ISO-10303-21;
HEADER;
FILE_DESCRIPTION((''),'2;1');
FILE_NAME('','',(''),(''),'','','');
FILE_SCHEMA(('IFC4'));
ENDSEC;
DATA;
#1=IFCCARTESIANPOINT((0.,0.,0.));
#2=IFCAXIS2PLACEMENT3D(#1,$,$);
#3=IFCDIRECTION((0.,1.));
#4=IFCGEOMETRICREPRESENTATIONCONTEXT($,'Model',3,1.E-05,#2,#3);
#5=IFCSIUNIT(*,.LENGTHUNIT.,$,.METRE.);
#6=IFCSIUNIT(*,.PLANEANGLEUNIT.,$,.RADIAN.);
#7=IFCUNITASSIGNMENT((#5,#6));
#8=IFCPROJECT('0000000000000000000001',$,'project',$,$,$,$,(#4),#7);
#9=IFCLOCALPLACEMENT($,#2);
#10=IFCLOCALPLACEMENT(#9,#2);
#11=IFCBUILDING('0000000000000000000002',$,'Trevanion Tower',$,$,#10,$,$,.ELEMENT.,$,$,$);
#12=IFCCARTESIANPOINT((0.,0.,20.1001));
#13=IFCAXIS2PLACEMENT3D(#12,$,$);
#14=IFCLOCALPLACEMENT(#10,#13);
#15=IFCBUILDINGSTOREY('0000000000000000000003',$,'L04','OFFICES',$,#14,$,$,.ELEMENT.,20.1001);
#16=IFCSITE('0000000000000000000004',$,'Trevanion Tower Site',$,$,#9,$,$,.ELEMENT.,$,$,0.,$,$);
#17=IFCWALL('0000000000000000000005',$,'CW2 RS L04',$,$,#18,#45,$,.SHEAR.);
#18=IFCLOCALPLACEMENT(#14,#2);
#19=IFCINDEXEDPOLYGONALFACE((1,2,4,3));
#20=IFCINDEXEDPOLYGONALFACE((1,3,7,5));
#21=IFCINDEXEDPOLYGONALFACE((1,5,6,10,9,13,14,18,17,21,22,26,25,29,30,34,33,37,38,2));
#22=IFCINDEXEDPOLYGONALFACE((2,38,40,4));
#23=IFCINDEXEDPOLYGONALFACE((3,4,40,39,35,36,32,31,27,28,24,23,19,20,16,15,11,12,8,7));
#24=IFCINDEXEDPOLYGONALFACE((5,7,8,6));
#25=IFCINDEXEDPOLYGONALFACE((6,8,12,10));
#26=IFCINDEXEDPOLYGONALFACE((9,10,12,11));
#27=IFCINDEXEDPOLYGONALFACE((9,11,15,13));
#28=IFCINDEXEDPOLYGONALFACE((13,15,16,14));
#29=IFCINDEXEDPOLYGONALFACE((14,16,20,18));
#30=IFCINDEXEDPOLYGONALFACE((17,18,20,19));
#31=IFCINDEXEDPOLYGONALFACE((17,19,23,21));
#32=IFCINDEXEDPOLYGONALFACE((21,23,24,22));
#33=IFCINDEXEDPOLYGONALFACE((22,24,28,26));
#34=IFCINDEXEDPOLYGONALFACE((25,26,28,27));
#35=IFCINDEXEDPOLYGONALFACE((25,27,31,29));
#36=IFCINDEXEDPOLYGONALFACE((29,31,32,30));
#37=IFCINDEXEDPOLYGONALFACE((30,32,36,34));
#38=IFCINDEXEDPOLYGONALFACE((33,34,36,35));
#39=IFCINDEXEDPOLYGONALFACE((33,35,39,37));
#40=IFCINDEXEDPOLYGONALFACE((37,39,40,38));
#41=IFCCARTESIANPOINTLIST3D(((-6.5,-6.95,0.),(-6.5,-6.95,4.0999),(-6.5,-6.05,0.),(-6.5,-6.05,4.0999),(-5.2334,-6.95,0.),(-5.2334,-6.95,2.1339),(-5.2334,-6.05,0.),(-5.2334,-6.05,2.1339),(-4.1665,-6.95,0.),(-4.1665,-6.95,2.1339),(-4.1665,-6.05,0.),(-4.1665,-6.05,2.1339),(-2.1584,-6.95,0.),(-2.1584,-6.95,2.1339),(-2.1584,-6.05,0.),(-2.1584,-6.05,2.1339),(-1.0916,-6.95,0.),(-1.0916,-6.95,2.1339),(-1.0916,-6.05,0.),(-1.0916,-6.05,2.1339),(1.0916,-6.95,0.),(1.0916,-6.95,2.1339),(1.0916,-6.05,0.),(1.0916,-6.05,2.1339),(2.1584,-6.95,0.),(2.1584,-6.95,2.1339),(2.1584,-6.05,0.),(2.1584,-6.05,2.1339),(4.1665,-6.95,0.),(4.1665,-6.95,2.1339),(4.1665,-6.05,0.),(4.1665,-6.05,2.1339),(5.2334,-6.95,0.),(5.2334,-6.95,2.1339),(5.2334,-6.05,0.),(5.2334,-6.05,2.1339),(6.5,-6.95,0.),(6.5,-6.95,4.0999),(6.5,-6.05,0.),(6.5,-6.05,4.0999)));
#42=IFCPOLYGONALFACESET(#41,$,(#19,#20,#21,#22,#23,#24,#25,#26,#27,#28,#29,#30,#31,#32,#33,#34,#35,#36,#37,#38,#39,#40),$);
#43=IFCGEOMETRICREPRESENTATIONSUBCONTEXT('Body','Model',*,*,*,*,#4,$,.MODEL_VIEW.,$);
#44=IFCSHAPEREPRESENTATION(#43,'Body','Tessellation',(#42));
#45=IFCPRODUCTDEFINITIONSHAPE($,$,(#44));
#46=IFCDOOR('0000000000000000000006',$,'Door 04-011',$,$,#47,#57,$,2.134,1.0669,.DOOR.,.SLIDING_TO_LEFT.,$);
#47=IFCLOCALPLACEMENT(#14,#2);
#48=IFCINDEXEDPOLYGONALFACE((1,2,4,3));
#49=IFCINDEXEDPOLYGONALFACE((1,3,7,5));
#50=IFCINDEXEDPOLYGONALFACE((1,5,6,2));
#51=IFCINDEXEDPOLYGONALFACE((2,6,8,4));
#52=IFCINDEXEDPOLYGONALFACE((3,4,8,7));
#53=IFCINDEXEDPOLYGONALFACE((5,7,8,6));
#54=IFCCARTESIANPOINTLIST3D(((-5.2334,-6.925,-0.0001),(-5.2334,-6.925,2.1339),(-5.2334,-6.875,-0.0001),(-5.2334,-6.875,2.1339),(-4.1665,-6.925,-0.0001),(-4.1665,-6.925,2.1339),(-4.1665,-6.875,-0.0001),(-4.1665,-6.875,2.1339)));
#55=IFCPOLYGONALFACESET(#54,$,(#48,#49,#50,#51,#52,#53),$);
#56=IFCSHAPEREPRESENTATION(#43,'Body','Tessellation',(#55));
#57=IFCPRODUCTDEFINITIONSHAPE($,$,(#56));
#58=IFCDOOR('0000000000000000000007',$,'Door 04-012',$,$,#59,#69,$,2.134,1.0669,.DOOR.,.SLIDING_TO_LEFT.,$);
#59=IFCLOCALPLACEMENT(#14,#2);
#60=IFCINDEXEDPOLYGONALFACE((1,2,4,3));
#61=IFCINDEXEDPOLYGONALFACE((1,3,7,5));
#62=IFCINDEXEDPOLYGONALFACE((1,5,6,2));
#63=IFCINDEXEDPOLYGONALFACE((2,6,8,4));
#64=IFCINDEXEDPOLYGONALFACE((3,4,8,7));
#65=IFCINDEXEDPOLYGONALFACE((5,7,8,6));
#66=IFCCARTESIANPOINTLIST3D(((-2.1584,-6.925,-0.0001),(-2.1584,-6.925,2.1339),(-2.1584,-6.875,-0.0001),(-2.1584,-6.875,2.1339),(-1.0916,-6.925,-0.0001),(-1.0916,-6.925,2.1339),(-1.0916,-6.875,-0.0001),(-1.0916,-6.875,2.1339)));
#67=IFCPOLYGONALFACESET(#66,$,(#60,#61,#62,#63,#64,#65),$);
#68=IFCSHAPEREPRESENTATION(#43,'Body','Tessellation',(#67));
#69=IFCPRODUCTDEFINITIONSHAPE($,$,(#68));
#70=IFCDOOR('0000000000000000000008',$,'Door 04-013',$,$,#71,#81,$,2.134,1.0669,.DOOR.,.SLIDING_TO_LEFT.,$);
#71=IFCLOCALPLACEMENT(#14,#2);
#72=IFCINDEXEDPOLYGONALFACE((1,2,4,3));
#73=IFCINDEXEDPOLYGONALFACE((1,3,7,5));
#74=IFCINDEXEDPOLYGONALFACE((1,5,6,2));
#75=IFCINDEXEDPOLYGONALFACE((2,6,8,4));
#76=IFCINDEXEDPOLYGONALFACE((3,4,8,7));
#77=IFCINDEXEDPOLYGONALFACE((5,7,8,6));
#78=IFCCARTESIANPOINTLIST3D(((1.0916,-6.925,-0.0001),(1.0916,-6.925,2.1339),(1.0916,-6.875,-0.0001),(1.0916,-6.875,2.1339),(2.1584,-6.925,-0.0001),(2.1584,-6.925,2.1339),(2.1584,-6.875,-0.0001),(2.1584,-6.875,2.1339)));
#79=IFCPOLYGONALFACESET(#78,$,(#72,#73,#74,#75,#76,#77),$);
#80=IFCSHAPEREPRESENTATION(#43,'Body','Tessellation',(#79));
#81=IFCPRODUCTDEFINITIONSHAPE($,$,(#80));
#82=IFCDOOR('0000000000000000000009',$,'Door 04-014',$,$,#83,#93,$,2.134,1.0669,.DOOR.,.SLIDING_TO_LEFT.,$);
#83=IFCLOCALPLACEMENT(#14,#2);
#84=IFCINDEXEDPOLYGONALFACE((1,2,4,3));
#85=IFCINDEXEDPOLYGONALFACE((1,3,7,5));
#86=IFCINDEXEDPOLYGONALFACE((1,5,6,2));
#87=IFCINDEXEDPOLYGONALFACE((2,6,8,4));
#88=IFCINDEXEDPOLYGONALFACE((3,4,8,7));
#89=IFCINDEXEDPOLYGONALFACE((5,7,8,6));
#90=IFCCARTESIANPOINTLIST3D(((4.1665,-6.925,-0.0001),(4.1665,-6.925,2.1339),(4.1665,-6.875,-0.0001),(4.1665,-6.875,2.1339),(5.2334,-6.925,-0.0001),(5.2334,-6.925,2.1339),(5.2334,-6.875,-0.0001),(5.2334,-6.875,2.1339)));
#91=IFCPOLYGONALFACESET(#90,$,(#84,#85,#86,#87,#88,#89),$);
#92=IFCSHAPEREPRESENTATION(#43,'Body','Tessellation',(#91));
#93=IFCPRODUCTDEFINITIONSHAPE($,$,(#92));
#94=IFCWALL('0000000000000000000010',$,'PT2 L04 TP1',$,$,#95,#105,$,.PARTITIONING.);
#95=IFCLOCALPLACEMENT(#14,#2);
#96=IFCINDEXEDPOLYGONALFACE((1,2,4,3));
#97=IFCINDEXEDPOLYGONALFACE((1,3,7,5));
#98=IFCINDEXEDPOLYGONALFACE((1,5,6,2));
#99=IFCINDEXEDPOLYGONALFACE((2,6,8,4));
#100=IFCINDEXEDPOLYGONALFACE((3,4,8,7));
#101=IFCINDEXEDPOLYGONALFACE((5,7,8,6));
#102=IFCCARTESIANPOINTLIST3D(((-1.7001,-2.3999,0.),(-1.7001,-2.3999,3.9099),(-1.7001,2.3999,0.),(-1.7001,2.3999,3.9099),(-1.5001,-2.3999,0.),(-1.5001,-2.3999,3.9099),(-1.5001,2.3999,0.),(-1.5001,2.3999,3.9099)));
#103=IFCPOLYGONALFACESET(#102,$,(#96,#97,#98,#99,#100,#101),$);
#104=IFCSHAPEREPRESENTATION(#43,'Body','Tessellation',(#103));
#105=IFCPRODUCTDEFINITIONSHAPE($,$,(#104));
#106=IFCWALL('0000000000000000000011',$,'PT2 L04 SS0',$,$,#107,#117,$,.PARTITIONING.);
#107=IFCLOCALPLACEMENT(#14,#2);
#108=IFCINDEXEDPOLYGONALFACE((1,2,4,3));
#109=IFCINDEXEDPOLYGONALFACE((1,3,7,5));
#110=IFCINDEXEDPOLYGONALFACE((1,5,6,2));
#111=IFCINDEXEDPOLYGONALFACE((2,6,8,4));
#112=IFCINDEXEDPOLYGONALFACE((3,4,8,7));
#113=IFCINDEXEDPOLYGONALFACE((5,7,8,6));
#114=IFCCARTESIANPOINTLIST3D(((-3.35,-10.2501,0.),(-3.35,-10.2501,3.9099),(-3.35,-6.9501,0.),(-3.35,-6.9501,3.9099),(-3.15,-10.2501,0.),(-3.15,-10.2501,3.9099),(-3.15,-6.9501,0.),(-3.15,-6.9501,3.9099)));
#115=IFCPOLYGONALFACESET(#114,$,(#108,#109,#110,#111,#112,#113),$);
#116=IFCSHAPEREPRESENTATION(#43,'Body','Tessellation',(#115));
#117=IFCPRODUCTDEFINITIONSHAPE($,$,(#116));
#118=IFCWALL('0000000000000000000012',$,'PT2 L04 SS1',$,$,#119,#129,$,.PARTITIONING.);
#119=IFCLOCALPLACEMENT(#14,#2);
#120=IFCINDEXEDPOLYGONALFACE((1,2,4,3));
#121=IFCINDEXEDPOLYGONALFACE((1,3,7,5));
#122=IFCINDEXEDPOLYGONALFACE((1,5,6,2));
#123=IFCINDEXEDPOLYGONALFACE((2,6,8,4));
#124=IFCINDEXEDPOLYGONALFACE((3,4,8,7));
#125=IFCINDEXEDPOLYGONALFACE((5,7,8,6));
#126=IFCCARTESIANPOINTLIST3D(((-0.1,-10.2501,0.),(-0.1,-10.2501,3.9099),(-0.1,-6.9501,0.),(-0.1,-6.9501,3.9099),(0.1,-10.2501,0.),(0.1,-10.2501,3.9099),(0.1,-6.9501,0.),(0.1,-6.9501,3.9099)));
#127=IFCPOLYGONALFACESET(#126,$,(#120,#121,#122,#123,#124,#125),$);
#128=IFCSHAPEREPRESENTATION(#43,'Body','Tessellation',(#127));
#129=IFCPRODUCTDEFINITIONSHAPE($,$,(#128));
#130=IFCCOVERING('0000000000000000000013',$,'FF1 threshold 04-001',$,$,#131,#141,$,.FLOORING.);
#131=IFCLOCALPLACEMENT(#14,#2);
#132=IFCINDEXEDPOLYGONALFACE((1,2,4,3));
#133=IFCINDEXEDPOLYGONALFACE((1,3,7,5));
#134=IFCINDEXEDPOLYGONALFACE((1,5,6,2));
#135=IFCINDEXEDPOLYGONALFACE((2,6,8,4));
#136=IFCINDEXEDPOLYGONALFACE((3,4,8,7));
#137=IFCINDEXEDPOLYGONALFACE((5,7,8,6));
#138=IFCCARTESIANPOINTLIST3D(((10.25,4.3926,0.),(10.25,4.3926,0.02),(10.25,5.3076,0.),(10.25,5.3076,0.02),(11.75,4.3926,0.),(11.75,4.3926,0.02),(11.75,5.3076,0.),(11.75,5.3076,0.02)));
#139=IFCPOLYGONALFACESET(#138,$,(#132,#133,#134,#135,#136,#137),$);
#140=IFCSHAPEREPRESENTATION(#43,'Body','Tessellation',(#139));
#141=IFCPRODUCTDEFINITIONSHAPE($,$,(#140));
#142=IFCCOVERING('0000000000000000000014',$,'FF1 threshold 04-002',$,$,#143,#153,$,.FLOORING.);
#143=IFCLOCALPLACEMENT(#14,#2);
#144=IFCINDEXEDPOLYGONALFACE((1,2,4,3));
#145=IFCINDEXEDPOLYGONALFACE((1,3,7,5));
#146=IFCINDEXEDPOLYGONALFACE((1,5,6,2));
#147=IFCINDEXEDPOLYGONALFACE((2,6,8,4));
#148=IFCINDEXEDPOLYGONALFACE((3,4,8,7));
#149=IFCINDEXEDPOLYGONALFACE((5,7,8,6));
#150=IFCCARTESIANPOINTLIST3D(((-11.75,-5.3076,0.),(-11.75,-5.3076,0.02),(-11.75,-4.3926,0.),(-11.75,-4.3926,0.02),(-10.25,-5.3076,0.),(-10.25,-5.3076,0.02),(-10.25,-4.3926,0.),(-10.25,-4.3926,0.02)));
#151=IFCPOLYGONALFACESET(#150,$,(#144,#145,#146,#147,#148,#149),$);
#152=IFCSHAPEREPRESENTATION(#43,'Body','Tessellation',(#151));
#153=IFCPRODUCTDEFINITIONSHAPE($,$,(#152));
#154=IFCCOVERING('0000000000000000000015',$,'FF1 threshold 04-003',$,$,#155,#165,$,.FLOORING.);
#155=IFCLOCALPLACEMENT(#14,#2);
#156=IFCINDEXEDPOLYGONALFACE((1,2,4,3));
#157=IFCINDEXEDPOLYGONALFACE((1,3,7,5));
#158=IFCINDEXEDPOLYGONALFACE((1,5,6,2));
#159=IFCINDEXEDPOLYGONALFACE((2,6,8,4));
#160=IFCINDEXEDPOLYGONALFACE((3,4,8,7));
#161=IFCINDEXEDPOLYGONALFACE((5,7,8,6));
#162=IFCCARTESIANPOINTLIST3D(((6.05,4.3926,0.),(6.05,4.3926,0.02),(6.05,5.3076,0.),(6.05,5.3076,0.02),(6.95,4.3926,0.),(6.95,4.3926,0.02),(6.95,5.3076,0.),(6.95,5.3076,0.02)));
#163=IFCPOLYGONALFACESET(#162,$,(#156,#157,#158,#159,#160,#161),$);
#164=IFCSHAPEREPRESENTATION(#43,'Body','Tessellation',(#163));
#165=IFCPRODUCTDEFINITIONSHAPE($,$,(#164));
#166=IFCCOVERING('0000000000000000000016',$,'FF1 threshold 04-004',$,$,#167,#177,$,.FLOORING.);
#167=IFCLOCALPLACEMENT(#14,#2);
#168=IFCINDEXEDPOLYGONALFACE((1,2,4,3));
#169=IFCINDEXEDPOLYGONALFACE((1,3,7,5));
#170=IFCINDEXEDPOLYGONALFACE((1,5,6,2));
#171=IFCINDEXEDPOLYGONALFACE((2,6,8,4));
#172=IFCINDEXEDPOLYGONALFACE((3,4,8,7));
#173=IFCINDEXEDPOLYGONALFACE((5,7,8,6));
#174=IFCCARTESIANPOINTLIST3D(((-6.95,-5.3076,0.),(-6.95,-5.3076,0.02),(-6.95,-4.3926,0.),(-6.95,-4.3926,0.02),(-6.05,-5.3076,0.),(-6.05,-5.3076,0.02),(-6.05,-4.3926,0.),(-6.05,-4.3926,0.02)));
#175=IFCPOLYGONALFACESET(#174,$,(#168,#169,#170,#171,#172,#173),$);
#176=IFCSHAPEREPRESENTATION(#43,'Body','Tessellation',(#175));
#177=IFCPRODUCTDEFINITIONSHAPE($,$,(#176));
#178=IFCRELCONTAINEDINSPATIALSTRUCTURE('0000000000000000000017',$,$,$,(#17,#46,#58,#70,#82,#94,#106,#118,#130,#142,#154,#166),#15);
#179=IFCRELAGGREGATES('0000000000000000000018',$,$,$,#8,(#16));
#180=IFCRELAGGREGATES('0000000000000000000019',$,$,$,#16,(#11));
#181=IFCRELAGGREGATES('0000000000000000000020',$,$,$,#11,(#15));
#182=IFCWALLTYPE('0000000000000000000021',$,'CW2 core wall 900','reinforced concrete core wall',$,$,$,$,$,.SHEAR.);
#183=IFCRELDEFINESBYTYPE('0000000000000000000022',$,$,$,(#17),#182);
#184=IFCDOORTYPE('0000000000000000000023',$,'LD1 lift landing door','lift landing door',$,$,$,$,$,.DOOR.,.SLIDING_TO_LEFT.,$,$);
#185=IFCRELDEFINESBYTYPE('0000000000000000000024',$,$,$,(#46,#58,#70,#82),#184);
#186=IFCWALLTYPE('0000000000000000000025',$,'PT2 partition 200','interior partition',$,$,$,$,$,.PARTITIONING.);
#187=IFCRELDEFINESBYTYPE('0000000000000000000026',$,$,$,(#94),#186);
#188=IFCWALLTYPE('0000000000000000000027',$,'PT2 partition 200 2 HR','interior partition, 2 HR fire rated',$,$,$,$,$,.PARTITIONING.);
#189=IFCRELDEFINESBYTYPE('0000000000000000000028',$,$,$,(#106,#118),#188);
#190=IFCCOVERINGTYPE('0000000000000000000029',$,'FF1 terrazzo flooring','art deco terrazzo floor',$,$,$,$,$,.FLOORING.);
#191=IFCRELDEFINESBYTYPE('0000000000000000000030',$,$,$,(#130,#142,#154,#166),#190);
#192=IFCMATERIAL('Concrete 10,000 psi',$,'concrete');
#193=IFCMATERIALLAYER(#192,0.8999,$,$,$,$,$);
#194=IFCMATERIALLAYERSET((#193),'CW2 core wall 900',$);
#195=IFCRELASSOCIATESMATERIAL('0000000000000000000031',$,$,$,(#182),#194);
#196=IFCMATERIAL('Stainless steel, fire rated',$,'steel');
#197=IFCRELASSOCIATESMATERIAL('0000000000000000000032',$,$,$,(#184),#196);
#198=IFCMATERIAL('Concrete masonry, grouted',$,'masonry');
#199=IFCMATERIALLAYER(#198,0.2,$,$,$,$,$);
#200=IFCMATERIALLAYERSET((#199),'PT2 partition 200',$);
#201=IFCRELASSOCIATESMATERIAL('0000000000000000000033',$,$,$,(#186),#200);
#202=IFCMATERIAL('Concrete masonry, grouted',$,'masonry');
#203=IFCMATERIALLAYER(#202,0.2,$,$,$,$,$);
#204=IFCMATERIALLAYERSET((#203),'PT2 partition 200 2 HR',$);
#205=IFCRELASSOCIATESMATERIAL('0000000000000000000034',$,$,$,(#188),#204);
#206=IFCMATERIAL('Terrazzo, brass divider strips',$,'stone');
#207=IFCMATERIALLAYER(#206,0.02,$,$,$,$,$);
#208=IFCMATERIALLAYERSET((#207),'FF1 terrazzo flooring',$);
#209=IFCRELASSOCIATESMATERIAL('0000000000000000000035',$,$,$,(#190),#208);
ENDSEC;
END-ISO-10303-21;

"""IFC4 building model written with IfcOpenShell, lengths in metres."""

from ifc_helpers import new_model, si_unit, direction, frame, frame_2d, origin, place, context, subcontext, project, spatial, polyline, rectangle, outline, extrude, material, layer, layer_set, type_object, element, fill, save


model = new_model("IFC4")

# Units and contexts
model_context = context("Model", 3, precision=1e-05, world=origin(), true_north=direction((0.0, 1.0)))
body_context = subcontext(model_context, "Body", "Model", "MODEL_VIEW")
ifc_project = project(units=[si_unit("LENGTHUNIT", "METRE"), si_unit("PLANEANGLEUNIT", "RADIAN")], contexts=[model_context])

# Site, building, storey
site_placement = place(None, origin())
site = spatial("IfcSite", under=ifc_project, at=site_placement, Name="Trevanion Tower Site", CompositionType="ELEMENT", RefElevation=0.0)
building_placement = place(site_placement, origin())
building = spatial("IfcBuilding", under=site, at=building_placement, Name="Trevanion Tower", CompositionType="ELEMENT")
storey_placement = place(building_placement, frame((0.0, 0.0, 20.1001)))
storey = spatial("IfcBuildingStorey", under=building, at=storey_placement, Name="L04", Description="OFFICES", CompositionType="ELEMENT", Elevation=20.1001)

# Shared definitions
ifc_material_1 = material(Name="Concrete 10,000 psi", Category="concrete")
ifc_layer_1 = layer(ifc_material_1, 0.8999)
ifc_layer_set_1 = layer_set([ifc_layer_1], Name="CW2 core wall 900")
wall_type_1 = type_object("IfcWallType", Name="CW2 core wall 900", Description="reinforced concrete core wall", PredefinedType="SHEAR", material=ifc_layer_set_1)

# Wall, openings, doors
wall_1_placement = place(storey_placement, frame((-6.5, -6.5, 0.0), z_axis=(0.0, 0.0, 1.0), x_axis=(1.0, 0.0, 0.0)))
wall_1 = element("IfcWall", 1, at=wall_1_placement, inside=storey, type_object=wall_type_1, Name="CW2 RS L04", PredefinedType="SHEAR", context=body_context, shape_type="SweptSolid", body=[
    extrude(rectangle(XDim=13.0, YDim=0.8999, at=frame_2d((6.5, 0.0))), origin(), (0.0, 0.0, 1.0), 4.0999),
])
opening_1_placement = place(wall_1_placement, frame((1.2666, 0.0, 0.0)))
opening_1 = element("IfcOpeningElement", 2, at=opening_1_placement, cuts=wall_1, PredefinedType="OPENING", context=body_context, shape_type="SweptSolid", body=[
    extrude(rectangle(XDim=1.0669, YDim=2.134, at=frame_2d((0.5334, 1.0669))), frame((0.0, 0.46, 0.0), z_axis=(0.0, -1.0, 0.0), x_axis=(1.0, 0.0, 0.0)), (0.0, 0.0, 1.0), 0.9199),
])
opening_2_placement = place(wall_1_placement, frame((4.3416, 0.0, 0.0)))
opening_2 = element("IfcOpeningElement", 3, at=opening_2_placement, cuts=wall_1, PredefinedType="OPENING", context=body_context, shape_type="SweptSolid", body=[
    extrude(rectangle(XDim=1.0669, YDim=2.134, at=frame_2d((0.5334, 1.0669))), frame((0.0, 0.46, 0.0), z_axis=(0.0, -1.0, 0.0), x_axis=(1.0, 0.0, 0.0)), (0.0, 0.0, 1.0), 0.9199),
])
opening_3_placement = place(wall_1_placement, frame((7.5916, 0.0, 0.0)))
opening_3 = element("IfcOpeningElement", 4, at=opening_3_placement, cuts=wall_1, PredefinedType="OPENING", context=body_context, shape_type="SweptSolid", body=[
    extrude(rectangle(XDim=1.0669, YDim=2.134, at=frame_2d((0.5334, 1.0669))), frame((0.0, 0.46, 0.0), z_axis=(0.0, -1.0, 0.0), x_axis=(1.0, 0.0, 0.0)), (0.0, 0.0, 1.0), 0.9199),
])
opening_4_placement = place(wall_1_placement, frame((10.6665, 0.0, 0.0)))
opening_4 = element("IfcOpeningElement", 5, at=opening_4_placement, cuts=wall_1, PredefinedType="OPENING", context=body_context, shape_type="SweptSolid", body=[
    extrude(rectangle(XDim=1.0669, YDim=2.134, at=frame_2d((0.5334, 1.0669))), frame((0.0, 0.46, 0.0), z_axis=(0.0, -1.0, 0.0), x_axis=(1.0, 0.0, 0.0)), (0.0, 0.0, 1.0), 0.9199),
])
ifc_material_2 = material(Name="Stainless steel, fire rated", Category="steel")
door_type = type_object("IfcDoorType", Name="LD1 lift landing door", Description="lift landing door", OperationType="SLIDING_TO_LEFT", PredefinedType="DOOR", material=ifc_material_2)
door_1_placement = place(opening_1_placement, origin())
door_1 = element("IfcDoor", 6, at=door_1_placement, inside=storey, type_object=door_type, Name="Door 04-011", OperationType="SLIDING_TO_LEFT", OverallHeight=2.134, OverallWidth=1.0669, PredefinedType="DOOR", context=body_context, shape_type="SweptSolid", body=[
    extrude(rectangle(XDim=1.0669, YDim=2.134, at=frame_2d((0.5334, 1.0669))), frame((0.0, -0.375, 0.0), z_axis=(0.0, -1.0, 0.0), x_axis=(1.0, 0.0, 0.0)), (0.0, 0.0, 1.0), 0.05),
])
fill(opening_1, door_1)
door_2_placement = place(opening_2_placement, origin())
door_2 = element("IfcDoor", 7, at=door_2_placement, inside=storey, type_object=door_type, Name="Door 04-012", OperationType="SLIDING_TO_LEFT", OverallHeight=2.134, OverallWidth=1.0669, PredefinedType="DOOR", context=body_context, shape_type="SweptSolid", body=[
    extrude(rectangle(XDim=1.0669, YDim=2.134, at=frame_2d((0.5334, 1.0669))), frame((0.0, -0.375, 0.0), z_axis=(0.0, -1.0, 0.0), x_axis=(1.0, 0.0, 0.0)), (0.0, 0.0, 1.0), 0.05),
])
fill(opening_2, door_2)
door_3_placement = place(opening_3_placement, origin())
door_3 = element("IfcDoor", 8, at=door_3_placement, inside=storey, type_object=door_type, Name="Door 04-013", OperationType="SLIDING_TO_LEFT", OverallHeight=2.134, OverallWidth=1.0669, PredefinedType="DOOR", context=body_context, shape_type="SweptSolid", body=[
    extrude(rectangle(XDim=1.0669, YDim=2.134, at=frame_2d((0.5334, 1.0669))), frame((0.0, -0.375, 0.0), z_axis=(0.0, -1.0, 0.0), x_axis=(1.0, 0.0, 0.0)), (0.0, 0.0, 1.0), 0.05),
])
fill(opening_3, door_3)
door_4_placement = place(opening_4_placement, origin())
door_4 = element("IfcDoor", 9, at=door_4_placement, inside=storey, type_object=door_type, Name="Door 04-014", OperationType="SLIDING_TO_LEFT", OverallHeight=2.134, OverallWidth=1.0669, PredefinedType="DOOR", context=body_context, shape_type="SweptSolid", body=[
    extrude(rectangle(XDim=1.0669, YDim=2.134, at=frame_2d((0.5334, 1.0669))), frame((0.0, -0.375, 0.0), z_axis=(0.0, -1.0, 0.0), x_axis=(1.0, 0.0, 0.0)), (0.0, 0.0, 1.0), 0.05),
])
fill(opening_4, door_4)

# Walls
ifc_material_3 = material(Name="Concrete masonry, grouted", Category="masonry")
ifc_layer_2 = layer(ifc_material_3, 0.2)
ifc_layer_set_2 = layer_set([ifc_layer_2], Name="PT2 partition 200")
wall_type_2 = type_object("IfcWallType", Name="PT2 partition 200", Description="interior partition", PredefinedType="PARTITIONING", material=ifc_layer_set_2)
wall_2_placement = place(storey_placement, frame((-1.6001, -2.3999, 0.0), z_axis=(0.0, 0.0, 1.0), x_axis=(0.0, 1.0, 0.0)))
element("IfcWall", 10, at=wall_2_placement, inside=storey, type_object=wall_type_2, Name="PT2 L04 TP1", PredefinedType="PARTITIONING", context=body_context, shape_type="SweptSolid", body=[
    extrude(rectangle(XDim=4.7998, YDim=0.2, at=frame_2d((2.3999, 0.0))), origin(), (0.0, 0.0, 1.0), 3.9099),
])
ifc_material_4 = material(Name="Concrete masonry, grouted", Category="masonry")
ifc_layer_3 = layer(ifc_material_4, 0.2)
ifc_layer_set_3 = layer_set([ifc_layer_3], Name="PT2 partition 200 2 HR")
wall_type_3 = type_object("IfcWallType", Name="PT2 partition 200 2 HR", Description="interior partition, 2 HR fire rated", PredefinedType="PARTITIONING", material=ifc_layer_set_3)
for number, where, z_axis, x_axis, name in (
    (11, (-3.25, -10.25, 0.0), (0.0, 0.0, 1.0), (0.0, 1.0, 0.0), "PT2 L04 SS0"),
    (12, (0.0, -10.25, 0.0), (0.0, 0.0, 1.0), (0.0, 1.0, 0.0), "PT2 L04 SS1"),
):
    element("IfcWall", number, at=place(storey_placement, frame(where, z_axis=z_axis, x_axis=x_axis)), inside=storey, type_object=wall_type_3, Name=name, PredefinedType="PARTITIONING", context=body_context, shape_type="SweptSolid", body=[
        extrude(rectangle(XDim=3.3, YDim=0.2, at=frame_2d((1.6499, 0.0))), origin(), (0.0, 0.0, 1.0), 3.9099),
    ])

# Coverings
ifc_material_5 = material(Name="Terrazzo, brass divider strips", Category="stone")
ifc_layer_4 = layer(ifc_material_5, 0.02)
ifc_layer_set_4 = layer_set([ifc_layer_4], Name="FF1 terrazzo flooring")
covering_type = type_object("IfcCoveringType", Name="FF1 terrazzo flooring", Description="art deco terrazzo floor", PredefinedType="FLOORING", material=ifc_layer_set_4)
covering_1_placement = place(storey_placement, origin())
element("IfcCovering", 13, at=covering_1_placement, inside=storey, type_object=covering_type, Name="FF1 threshold 04-001", PredefinedType="FLOORING", context=body_context, shape_type="SweptSolid", body=[
    extrude(outline(polyline([(11.75, 4.3926), (11.75, 5.3076), (10.25, 5.3076), (10.25, 4.3926), (11.75, 4.3926)])), origin(), (0.0, 0.0, 1.0), 0.02),
])
covering_2_placement = place(storey_placement, origin())
element("IfcCovering", 14, at=covering_2_placement, inside=storey, type_object=covering_type, Name="FF1 threshold 04-002", PredefinedType="FLOORING", context=body_context, shape_type="SweptSolid", body=[
    extrude(outline(polyline([(-11.75, -4.3926), (-11.75, -5.3076), (-10.25, -5.3076), (-10.25, -4.3926), (-11.75, -4.3926)])), origin(), (0.0, 0.0, 1.0), 0.02),
])
covering_3_placement = place(storey_placement, origin())
element("IfcCovering", 15, at=covering_3_placement, inside=storey, type_object=covering_type, Name="FF1 threshold 04-003", PredefinedType="FLOORING", context=body_context, shape_type="SweptSolid", body=[
    extrude(outline(polyline([(6.95, 4.3926), (6.95, 5.3076), (6.05, 5.3076), (6.05, 4.3926), (6.95, 4.3926)])), origin(), (0.0, 0.0, 1.0), 0.02),
])
covering_4_placement = place(storey_placement, origin())
element("IfcCovering", 16, at=covering_4_placement, inside=storey, type_object=covering_type, Name="FF1 threshold 04-004", PredefinedType="FLOORING", context=body_context, shape_type="SweptSolid", body=[
    extrude(outline(polyline([(-6.95, -4.3926), (-6.95, -5.3076), (-6.05, -5.3076), (-6.05, -4.3926), (-6.95, -4.3926)])), origin(), (0.0, 0.0, 1.0), 0.02),
])

save(model, "model.ifc")
